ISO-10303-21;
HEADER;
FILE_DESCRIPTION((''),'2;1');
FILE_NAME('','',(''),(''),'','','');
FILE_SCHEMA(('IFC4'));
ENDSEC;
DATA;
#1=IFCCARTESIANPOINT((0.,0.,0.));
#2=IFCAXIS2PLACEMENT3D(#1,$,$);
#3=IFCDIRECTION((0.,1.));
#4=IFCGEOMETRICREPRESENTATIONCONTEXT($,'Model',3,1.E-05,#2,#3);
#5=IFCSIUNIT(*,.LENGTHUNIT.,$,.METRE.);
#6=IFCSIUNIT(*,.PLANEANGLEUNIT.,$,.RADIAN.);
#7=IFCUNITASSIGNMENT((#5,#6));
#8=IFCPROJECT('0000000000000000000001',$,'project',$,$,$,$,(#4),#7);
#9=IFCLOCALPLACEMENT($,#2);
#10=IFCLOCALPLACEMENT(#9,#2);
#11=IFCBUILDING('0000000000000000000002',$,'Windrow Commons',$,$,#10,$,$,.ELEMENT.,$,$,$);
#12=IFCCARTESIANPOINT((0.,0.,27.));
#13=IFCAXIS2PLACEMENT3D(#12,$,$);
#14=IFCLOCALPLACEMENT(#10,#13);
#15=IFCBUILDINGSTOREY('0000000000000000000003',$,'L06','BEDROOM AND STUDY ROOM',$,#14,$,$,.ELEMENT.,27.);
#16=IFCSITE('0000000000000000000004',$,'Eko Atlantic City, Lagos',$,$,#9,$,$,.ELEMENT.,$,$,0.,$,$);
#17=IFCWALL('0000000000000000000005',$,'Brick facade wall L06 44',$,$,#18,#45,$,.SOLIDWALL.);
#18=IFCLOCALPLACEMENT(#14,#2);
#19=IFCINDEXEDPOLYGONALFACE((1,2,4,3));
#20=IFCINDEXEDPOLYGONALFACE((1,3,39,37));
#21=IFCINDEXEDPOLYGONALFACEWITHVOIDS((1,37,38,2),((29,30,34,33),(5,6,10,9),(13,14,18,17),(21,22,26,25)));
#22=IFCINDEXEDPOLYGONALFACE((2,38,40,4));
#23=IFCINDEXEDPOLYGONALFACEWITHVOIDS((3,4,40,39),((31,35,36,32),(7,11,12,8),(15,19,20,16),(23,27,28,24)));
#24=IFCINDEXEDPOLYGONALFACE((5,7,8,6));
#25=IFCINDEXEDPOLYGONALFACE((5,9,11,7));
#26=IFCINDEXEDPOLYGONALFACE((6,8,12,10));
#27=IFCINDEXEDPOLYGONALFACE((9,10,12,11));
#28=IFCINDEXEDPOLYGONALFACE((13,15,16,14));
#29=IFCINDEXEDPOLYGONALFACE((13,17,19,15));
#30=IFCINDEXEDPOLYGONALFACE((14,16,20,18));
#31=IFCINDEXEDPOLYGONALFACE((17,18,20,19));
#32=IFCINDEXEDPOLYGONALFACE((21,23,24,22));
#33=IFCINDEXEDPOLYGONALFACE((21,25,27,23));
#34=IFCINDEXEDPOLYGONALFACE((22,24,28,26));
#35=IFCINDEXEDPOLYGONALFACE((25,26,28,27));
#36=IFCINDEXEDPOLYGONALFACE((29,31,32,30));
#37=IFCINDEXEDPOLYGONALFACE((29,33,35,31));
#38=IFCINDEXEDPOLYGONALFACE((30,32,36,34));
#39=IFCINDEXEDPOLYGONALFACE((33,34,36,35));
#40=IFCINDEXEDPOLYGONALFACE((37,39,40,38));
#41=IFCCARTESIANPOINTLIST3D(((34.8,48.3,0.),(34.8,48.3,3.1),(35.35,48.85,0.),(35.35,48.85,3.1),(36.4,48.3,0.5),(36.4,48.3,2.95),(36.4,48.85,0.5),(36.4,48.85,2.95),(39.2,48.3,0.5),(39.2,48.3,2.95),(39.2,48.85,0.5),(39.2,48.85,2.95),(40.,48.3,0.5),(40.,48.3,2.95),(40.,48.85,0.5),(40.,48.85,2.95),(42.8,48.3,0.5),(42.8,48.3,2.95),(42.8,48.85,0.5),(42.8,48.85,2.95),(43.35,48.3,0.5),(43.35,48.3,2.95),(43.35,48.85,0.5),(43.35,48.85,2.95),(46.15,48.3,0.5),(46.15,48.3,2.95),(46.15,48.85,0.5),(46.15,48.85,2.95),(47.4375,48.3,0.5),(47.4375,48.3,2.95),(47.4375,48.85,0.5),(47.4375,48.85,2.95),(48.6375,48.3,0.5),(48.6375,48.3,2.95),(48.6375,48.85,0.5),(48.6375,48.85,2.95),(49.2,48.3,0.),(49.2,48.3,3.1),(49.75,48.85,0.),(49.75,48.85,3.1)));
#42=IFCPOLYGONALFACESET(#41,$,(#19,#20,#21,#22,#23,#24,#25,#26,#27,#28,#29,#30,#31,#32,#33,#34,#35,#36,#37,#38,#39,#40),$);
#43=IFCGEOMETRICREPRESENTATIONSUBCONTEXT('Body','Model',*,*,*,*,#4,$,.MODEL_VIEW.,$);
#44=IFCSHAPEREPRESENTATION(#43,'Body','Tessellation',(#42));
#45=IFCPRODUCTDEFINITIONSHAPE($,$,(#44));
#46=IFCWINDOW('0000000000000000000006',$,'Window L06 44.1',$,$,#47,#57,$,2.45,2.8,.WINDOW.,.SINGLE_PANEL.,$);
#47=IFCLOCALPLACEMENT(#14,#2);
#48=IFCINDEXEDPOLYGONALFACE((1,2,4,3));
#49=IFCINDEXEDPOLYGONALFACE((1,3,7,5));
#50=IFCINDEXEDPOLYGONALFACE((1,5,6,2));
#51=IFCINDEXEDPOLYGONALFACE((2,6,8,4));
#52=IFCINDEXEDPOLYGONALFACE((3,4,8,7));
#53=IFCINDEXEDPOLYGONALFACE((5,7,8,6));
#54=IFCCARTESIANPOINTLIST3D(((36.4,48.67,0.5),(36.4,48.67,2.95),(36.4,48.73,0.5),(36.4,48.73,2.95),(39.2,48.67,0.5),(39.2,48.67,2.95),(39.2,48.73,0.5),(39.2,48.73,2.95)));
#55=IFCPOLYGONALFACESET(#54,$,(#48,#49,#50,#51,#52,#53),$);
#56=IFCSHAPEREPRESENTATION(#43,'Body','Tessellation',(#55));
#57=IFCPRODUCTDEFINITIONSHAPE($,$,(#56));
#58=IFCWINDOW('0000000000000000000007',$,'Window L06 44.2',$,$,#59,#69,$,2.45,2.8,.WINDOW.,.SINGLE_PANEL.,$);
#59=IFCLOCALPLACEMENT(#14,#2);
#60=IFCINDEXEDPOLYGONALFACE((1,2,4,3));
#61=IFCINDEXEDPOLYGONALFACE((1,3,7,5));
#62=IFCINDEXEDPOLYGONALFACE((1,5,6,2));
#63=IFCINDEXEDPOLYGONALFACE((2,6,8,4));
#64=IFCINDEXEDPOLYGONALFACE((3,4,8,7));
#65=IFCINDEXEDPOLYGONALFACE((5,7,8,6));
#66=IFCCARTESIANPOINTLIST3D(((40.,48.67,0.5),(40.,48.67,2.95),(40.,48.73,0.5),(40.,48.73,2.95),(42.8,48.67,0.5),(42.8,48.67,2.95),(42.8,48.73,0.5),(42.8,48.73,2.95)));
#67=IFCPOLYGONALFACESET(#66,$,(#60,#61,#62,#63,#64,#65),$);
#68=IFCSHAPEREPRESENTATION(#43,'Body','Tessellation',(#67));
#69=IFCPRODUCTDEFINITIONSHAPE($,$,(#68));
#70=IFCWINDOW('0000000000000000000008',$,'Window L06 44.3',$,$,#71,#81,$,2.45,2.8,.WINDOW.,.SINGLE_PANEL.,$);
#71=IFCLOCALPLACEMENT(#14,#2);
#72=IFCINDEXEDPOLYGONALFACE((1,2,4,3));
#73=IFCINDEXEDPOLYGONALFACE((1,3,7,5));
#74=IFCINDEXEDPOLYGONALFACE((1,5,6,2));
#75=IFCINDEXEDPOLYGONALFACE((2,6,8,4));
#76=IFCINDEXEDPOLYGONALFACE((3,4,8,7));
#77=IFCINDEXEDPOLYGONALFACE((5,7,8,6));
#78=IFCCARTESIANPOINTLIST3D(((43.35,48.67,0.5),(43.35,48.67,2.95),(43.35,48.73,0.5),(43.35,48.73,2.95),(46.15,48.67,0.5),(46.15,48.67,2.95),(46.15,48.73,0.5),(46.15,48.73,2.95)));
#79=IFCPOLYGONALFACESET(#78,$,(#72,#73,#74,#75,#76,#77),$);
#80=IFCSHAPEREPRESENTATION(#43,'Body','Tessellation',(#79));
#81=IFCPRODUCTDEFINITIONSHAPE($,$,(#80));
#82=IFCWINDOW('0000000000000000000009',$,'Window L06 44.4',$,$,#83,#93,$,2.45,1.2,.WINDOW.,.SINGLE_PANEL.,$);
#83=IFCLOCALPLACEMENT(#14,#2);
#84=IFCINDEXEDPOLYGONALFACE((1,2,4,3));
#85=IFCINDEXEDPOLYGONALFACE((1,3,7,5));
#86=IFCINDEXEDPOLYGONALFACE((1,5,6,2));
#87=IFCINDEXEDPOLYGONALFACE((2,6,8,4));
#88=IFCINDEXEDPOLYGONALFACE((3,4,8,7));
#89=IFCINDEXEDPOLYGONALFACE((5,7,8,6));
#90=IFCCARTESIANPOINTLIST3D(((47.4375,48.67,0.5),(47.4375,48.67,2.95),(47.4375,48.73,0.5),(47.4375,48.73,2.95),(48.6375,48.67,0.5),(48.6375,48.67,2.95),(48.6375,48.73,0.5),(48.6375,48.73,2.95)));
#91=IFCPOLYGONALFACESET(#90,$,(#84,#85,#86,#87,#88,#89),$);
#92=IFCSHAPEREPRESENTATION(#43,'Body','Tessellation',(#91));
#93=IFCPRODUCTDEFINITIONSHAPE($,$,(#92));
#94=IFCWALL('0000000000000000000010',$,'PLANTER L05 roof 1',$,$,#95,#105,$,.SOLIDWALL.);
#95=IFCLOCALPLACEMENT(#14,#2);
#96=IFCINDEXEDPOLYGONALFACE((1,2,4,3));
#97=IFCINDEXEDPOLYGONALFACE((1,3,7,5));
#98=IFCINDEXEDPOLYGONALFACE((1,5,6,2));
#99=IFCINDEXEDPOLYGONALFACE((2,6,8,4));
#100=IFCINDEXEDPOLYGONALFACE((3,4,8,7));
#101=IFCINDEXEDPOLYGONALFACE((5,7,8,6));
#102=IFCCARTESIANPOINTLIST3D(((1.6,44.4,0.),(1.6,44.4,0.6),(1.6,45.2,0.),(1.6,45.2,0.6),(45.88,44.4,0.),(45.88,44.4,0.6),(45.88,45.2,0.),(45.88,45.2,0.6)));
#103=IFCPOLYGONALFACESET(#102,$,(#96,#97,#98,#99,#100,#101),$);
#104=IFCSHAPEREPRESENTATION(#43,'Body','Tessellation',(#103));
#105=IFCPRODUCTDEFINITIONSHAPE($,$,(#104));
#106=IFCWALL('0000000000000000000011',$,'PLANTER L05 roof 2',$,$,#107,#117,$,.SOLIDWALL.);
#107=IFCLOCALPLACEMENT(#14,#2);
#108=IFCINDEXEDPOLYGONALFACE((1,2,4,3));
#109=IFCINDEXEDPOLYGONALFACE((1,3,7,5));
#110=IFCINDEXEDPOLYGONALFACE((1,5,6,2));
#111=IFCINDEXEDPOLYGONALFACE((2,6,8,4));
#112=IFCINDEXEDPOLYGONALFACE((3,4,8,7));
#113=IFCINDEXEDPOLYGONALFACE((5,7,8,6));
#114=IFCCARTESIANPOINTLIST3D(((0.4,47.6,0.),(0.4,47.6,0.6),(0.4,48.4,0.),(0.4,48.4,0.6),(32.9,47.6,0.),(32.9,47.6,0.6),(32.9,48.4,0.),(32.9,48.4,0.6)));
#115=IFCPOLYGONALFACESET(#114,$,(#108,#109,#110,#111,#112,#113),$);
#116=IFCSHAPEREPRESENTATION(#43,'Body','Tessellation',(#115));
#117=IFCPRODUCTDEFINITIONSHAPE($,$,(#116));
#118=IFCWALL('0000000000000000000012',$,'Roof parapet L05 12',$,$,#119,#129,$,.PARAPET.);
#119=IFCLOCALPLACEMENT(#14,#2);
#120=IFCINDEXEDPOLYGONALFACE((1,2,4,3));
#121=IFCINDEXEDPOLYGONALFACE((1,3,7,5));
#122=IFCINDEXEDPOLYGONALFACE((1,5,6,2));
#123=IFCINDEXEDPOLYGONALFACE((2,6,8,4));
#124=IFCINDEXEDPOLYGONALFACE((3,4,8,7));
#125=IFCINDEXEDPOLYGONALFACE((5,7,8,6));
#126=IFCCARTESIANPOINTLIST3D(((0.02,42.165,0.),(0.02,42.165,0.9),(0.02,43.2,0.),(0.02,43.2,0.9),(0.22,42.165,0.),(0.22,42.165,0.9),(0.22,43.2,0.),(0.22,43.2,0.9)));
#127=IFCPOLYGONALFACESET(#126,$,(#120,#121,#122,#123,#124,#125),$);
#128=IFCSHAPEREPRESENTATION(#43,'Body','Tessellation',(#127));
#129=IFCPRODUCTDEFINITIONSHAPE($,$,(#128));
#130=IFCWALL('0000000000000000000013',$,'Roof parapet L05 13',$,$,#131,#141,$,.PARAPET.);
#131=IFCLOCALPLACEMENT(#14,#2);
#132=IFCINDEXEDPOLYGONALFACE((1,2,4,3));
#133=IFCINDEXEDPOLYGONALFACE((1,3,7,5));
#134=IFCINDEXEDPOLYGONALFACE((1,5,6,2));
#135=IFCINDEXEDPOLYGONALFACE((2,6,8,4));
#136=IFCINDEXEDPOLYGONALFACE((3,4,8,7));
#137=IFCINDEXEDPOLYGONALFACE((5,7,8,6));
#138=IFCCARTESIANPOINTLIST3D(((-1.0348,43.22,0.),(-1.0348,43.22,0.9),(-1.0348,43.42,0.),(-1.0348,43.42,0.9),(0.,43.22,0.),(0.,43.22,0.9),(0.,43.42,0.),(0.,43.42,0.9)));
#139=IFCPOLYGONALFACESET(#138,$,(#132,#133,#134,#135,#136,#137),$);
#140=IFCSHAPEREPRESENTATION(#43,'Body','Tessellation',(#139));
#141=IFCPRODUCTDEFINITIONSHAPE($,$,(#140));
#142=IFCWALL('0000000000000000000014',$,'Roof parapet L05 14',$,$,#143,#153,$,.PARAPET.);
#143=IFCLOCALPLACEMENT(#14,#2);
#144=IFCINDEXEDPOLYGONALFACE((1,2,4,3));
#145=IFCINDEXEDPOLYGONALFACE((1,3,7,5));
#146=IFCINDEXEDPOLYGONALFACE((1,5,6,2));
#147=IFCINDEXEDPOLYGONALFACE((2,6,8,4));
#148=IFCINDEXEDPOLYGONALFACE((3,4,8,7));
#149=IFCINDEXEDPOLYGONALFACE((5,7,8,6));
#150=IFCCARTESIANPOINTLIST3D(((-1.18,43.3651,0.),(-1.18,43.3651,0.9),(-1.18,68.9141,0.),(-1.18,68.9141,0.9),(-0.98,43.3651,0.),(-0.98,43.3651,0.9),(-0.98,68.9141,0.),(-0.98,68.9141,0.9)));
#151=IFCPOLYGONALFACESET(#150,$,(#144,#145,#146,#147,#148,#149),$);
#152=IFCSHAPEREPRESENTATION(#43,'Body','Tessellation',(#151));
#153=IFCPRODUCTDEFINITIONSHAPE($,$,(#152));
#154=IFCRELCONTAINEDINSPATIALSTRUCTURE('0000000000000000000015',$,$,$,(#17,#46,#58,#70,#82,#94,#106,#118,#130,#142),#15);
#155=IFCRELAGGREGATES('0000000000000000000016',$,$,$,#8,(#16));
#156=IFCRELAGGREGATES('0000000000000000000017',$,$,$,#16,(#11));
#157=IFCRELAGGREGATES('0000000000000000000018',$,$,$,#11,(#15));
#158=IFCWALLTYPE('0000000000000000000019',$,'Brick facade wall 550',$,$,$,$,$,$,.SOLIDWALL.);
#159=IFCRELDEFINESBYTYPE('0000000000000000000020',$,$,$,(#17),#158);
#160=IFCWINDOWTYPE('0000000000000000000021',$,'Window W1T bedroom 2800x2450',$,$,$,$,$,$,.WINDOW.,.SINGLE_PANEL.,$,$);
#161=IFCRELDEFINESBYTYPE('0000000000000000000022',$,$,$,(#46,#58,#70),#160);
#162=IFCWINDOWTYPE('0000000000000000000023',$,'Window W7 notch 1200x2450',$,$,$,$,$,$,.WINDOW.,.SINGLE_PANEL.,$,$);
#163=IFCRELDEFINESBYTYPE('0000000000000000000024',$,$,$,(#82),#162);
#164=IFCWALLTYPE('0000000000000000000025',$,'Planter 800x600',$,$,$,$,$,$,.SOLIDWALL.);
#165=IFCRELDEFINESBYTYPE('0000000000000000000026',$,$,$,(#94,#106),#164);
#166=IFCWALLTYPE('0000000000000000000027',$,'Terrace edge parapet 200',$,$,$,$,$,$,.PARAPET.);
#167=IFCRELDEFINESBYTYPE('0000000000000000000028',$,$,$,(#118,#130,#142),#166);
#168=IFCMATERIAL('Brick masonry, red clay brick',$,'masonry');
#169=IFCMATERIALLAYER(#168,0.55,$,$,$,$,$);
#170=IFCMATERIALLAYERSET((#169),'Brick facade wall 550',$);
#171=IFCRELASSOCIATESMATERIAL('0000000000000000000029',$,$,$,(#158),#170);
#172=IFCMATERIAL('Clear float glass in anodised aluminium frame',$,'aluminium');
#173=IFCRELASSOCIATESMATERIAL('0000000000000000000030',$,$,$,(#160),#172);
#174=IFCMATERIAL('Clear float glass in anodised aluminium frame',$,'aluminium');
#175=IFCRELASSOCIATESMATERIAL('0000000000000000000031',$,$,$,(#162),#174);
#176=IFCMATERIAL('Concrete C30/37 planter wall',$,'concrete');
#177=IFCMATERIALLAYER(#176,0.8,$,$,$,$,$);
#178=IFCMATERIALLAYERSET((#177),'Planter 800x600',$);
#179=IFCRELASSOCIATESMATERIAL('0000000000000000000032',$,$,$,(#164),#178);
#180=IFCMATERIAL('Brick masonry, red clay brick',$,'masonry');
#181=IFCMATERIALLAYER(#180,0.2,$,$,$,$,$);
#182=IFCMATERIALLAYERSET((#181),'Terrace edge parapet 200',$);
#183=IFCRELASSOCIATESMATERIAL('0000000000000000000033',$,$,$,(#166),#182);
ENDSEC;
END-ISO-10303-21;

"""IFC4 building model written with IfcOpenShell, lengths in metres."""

from ifc_helpers import new_model, si_unit, direction, frame, frame_2d, origin, place, context, subcontext, project, spatial, polyline, rectangle, outline, extrude, material, layer, layer_set, type_object, element, fill, save


model = new_model("IFC4")

# Units and contexts
model_context = context("Model", 3, precision=1e-05, world=origin(), true_north=direction((0.0, 1.0)))
body_context = subcontext(model_context, "Body", "Model", "MODEL_VIEW")
ifc_project = project(units=[si_unit("LENGTHUNIT", "METRE"), si_unit("PLANEANGLEUNIT", "RADIAN")], contexts=[model_context])

# Site, building, storey
site_placement = place(None, origin())
site = spatial("IfcSite", under=ifc_project, at=site_placement, Name="Eko Atlantic City, Lagos", CompositionType="ELEMENT", RefElevation=0.0)
building_placement = place(site_placement, origin())
building = spatial("IfcBuilding", under=site, at=building_placement, Name="Windrow Commons", CompositionType="ELEMENT")
storey_placement = place(building_placement, frame((0.0, 0.0, 27.0)))
storey = spatial("IfcBuildingStorey", under=building, at=storey_placement, Name="L06", Description="BEDROOM AND STUDY ROOM", CompositionType="ELEMENT", Elevation=27.0)

# Wall, openings, windows
ifc_material_1 = material(Name="Brick masonry, red clay brick", Category="masonry")
ifc_layer_1 = layer(ifc_material_1, 0.55)
ifc_layer_set_1 = layer_set([ifc_layer_1], Name="Brick facade wall 550")
wall_type_1 = type_object("IfcWallType", Name="Brick facade wall 550", PredefinedType="SOLIDWALL", material=ifc_layer_set_1)
wall_1_placement = place(storey_placement, frame((35.075, 48.575, 0.0), z_axis=(0.0, 0.0, 1.0), x_axis=(1.0, 0.0, 0.0)))
wall_1 = element("IfcWall", 1, at=wall_1_placement, inside=storey, type_object=wall_type_1, Name="Brick facade wall L06 44", PredefinedType="SOLIDWALL", context=body_context, shape_type="SweptSolid", body=[
    extrude(outline(polyline([(-0.275, -0.275), (14.125, -0.275), (14.675, 0.275), (0.275, 0.275), (-0.275, -0.275)])), origin(), (0.0, 0.0, 1.0), 3.1),
])
opening_1_placement = place(wall_1_placement, frame((1.325, 0.0, 0.5)))
opening_1 = element("IfcOpeningElement", 2, at=opening_1_placement, cuts=wall_1, PredefinedType="OPENING", context=body_context, shape_type="SweptSolid", body=[
    extrude(rectangle(XDim=2.8, YDim=2.45, at=frame_2d((1.4, 1.225))), frame((0.0, 0.285, 0.0), z_axis=(0.0, -1.0, 0.0), x_axis=(1.0, 0.0, 0.0)), (0.0, 0.0, 1.0), 0.57),
])
opening_2_placement = place(wall_1_placement, frame((4.925, 0.0, 0.5)))
opening_2 = element("IfcOpeningElement", 3, at=opening_2_placement, cuts=wall_1, PredefinedType="OPENING", context=body_context, shape_type="SweptSolid", body=[
    extrude(rectangle(XDim=2.8, YDim=2.45, at=frame_2d((1.4, 1.225))), frame((0.0, 0.285, 0.0), z_axis=(0.0, -1.0, 0.0), x_axis=(1.0, 0.0, 0.0)), (0.0, 0.0, 1.0), 0.57),
])
opening_3_placement = place(wall_1_placement, frame((8.275, 0.0, 0.5)))
opening_3 = element("IfcOpeningElement", 4, at=opening_3_placement, cuts=wall_1, PredefinedType="OPENING", context=body_context, shape_type="SweptSolid", body=[
    extrude(rectangle(XDim=2.8, YDim=2.45, at=frame_2d((1.4, 1.225))), frame((0.0, 0.285, 0.0), z_axis=(0.0, -1.0, 0.0), x_axis=(1.0, 0.0, 0.0)), (0.0, 0.0, 1.0), 0.57),
])
opening_4_placement = place(wall_1_placement, frame((12.3625, 0.0, 0.5)))
opening_4 = element("IfcOpeningElement", 5, at=opening_4_placement, cuts=wall_1, PredefinedType="OPENING", context=body_context, shape_type="SweptSolid", body=[
    extrude(rectangle(XDim=1.2, YDim=2.45, at=frame_2d((0.6, 1.225))), frame((0.0, 0.285, 0.0), z_axis=(0.0, -1.0, 0.0), x_axis=(1.0, 0.0, 0.0)), (0.0, 0.0, 1.0), 0.57),
])
ifc_material_2 = material(Name="Clear float glass in anodised aluminium frame", Category="aluminium")
window_type_1 = type_object("IfcWindowType", Name="Window W1T bedroom 2800x2450", PartitioningType="SINGLE_PANEL", PredefinedType="WINDOW", material=ifc_material_2)
window_1_placement = place(opening_1_placement, origin())
window_1 = element("IfcWindow", 6, at=window_1_placement, inside=storey, type_object=window_type_1, Name="Window L06 44.1", OverallHeight=2.45, OverallWidth=2.8, PartitioningType="SINGLE_PANEL", PredefinedType="WINDOW", context=body_context, shape_type="SweptSolid", body=[
    extrude(rectangle(XDim=2.8, YDim=2.45, at=frame_2d((1.4, 1.225))), frame((0.0, 0.155, 0.0), z_axis=(0.0, -1.0, 0.0), x_axis=(1.0, 0.0, 0.0)), (0.0, 0.0, 1.0), 0.06),
])
fill(opening_1, window_1)
window_2_placement = place(opening_2_placement, origin())
window_2 = element("IfcWindow", 7, at=window_2_placement, inside=storey, type_object=window_type_1, Name="Window L06 44.2", OverallHeight=2.45, OverallWidth=2.8, PartitioningType="SINGLE_PANEL", PredefinedType="WINDOW", context=body_context, shape_type="SweptSolid", body=[
    extrude(rectangle(XDim=2.8, YDim=2.45, at=frame_2d((1.4, 1.225))), frame((0.0, 0.155, 0.0), z_axis=(0.0, -1.0, 0.0), x_axis=(1.0, 0.0, 0.0)), (0.0, 0.0, 1.0), 0.06),
])
fill(opening_2, window_2)
window_3_placement = place(opening_3_placement, origin())
window_3 = element("IfcWindow", 8, at=window_3_placement, inside=storey, type_object=window_type_1, Name="Window L06 44.3", OverallHeight=2.45, OverallWidth=2.8, PartitioningType="SINGLE_PANEL", PredefinedType="WINDOW", context=body_context, shape_type="SweptSolid", body=[
    extrude(rectangle(XDim=2.8, YDim=2.45, at=frame_2d((1.4, 1.225))), frame((0.0, 0.155, 0.0), z_axis=(0.0, -1.0, 0.0), x_axis=(1.0, 0.0, 0.0)), (0.0, 0.0, 1.0), 0.06),
])
fill(opening_3, window_3)
ifc_material_3 = material(Name="Clear float glass in anodised aluminium frame", Category="aluminium")
window_type_2 = type_object("IfcWindowType", Name="Window W7 notch 1200x2450", PartitioningType="SINGLE_PANEL", PredefinedType="WINDOW", material=ifc_material_3)
window_4_placement = place(opening_4_placement, origin())
window_4 = element("IfcWindow", 9, at=window_4_placement, inside=storey, type_object=window_type_2, Name="Window L06 44.4", OverallHeight=2.45, OverallWidth=1.2, PartitioningType="SINGLE_PANEL", PredefinedType="WINDOW", context=body_context, shape_type="SweptSolid", body=[
    extrude(rectangle(XDim=1.2, YDim=2.45, at=frame_2d((0.6, 1.225))), frame((0.0, 0.155, 0.0), z_axis=(0.0, -1.0, 0.0), x_axis=(1.0, 0.0, 0.0)), (0.0, 0.0, 1.0), 0.06),
])
fill(opening_4, window_4)

# Walls
ifc_material_4 = material(Name="Concrete C30/37 planter wall", Category="concrete")
ifc_layer_2 = layer(ifc_material_4, 0.8)
ifc_layer_set_2 = layer_set([ifc_layer_2], Name="Planter 800x600")
wall_type_2 = type_object("IfcWallType", Name="Planter 800x600", PredefinedType="SOLIDWALL", material=ifc_layer_set_2)
wall_2_placement = place(storey_placement, frame((1.6, 44.8, 0.0), z_axis=(0.0, 0.0, 1.0), x_axis=(1.0, 0.0, 0.0)))
element("IfcWall", 10, at=wall_2_placement, inside=storey, type_object=wall_type_2, Name="PLANTER L05 roof 1", PredefinedType="SOLIDWALL", context=body_context, shape_type="SweptSolid", body=[
    extrude(rectangle(XDim=44.28, YDim=0.8, at=frame_2d((22.14, 0.0))), origin(), (0.0, 0.0, 1.0), 0.6),
])
wall_3_placement = place(storey_placement, frame((0.4, 48.0, 0.0), z_axis=(0.0, 0.0, 1.0), x_axis=(1.0, 0.0, 0.0)))
element("IfcWall", 11, at=wall_3_placement, inside=storey, type_object=wall_type_2, Name="PLANTER L05 roof 2", PredefinedType="SOLIDWALL", context=body_context, shape_type="SweptSolid", body=[
    extrude(rectangle(XDim=32.5, YDim=0.8, at=frame_2d((16.25, 0.0))), origin(), (0.0, 0.0, 1.0), 0.6),
])
ifc_material_5 = material(Name="Brick masonry, red clay brick", Category="masonry")
ifc_layer_3 = layer(ifc_material_5, 0.2)
ifc_layer_set_3 = layer_set([ifc_layer_3], Name="Terrace edge parapet 200")
wall_type_3 = type_object("IfcWallType", Name="Terrace edge parapet 200", PredefinedType="PARAPET", material=ifc_layer_set_3)
for number, where, z_axis, x_axis, name in (
    (12, (0.12, 42.1651, 0.0), (0.0, 0.0, 1.0), (0.0, 1.0, 0.0), "Roof parapet L05 12"),
    (13, (0.0, 43.32, 0.0), (0.0, 0.0, 1.0), (-1.0, 0.0, 0.0), "Roof parapet L05 13"),
):
    element("IfcWall", number, at=place(storey_placement, frame(where, z_axis=z_axis, x_axis=x_axis)), inside=storey, type_object=wall_type_3, Name=name, PredefinedType="PARAPET", context=body_context, shape_type="SweptSolid", body=[
        extrude(rectangle(XDim=1.0349, YDim=0.2, at=frame_2d((0.5174, 0.0))), origin(), (0.0, 0.0, 1.0), 0.9),
    ])
wall_4_placement = place(storey_placement, frame((-1.08, 43.3651, 0.0), z_axis=(0.0, 0.0, 1.0), x_axis=(0.0, 1.0, 0.0)))
element("IfcWall", 14, at=wall_4_placement, inside=storey, type_object=wall_type_3, Name="Roof parapet L05 14", PredefinedType="PARAPET", context=body_context, shape_type="SweptSolid", body=[
    extrude(rectangle(XDim=25.549, YDim=0.2, at=frame_2d((12.7745, 0.0))), origin(), (0.0, 0.0, 1.0), 0.9),
])

save(model, "model.ifc")
